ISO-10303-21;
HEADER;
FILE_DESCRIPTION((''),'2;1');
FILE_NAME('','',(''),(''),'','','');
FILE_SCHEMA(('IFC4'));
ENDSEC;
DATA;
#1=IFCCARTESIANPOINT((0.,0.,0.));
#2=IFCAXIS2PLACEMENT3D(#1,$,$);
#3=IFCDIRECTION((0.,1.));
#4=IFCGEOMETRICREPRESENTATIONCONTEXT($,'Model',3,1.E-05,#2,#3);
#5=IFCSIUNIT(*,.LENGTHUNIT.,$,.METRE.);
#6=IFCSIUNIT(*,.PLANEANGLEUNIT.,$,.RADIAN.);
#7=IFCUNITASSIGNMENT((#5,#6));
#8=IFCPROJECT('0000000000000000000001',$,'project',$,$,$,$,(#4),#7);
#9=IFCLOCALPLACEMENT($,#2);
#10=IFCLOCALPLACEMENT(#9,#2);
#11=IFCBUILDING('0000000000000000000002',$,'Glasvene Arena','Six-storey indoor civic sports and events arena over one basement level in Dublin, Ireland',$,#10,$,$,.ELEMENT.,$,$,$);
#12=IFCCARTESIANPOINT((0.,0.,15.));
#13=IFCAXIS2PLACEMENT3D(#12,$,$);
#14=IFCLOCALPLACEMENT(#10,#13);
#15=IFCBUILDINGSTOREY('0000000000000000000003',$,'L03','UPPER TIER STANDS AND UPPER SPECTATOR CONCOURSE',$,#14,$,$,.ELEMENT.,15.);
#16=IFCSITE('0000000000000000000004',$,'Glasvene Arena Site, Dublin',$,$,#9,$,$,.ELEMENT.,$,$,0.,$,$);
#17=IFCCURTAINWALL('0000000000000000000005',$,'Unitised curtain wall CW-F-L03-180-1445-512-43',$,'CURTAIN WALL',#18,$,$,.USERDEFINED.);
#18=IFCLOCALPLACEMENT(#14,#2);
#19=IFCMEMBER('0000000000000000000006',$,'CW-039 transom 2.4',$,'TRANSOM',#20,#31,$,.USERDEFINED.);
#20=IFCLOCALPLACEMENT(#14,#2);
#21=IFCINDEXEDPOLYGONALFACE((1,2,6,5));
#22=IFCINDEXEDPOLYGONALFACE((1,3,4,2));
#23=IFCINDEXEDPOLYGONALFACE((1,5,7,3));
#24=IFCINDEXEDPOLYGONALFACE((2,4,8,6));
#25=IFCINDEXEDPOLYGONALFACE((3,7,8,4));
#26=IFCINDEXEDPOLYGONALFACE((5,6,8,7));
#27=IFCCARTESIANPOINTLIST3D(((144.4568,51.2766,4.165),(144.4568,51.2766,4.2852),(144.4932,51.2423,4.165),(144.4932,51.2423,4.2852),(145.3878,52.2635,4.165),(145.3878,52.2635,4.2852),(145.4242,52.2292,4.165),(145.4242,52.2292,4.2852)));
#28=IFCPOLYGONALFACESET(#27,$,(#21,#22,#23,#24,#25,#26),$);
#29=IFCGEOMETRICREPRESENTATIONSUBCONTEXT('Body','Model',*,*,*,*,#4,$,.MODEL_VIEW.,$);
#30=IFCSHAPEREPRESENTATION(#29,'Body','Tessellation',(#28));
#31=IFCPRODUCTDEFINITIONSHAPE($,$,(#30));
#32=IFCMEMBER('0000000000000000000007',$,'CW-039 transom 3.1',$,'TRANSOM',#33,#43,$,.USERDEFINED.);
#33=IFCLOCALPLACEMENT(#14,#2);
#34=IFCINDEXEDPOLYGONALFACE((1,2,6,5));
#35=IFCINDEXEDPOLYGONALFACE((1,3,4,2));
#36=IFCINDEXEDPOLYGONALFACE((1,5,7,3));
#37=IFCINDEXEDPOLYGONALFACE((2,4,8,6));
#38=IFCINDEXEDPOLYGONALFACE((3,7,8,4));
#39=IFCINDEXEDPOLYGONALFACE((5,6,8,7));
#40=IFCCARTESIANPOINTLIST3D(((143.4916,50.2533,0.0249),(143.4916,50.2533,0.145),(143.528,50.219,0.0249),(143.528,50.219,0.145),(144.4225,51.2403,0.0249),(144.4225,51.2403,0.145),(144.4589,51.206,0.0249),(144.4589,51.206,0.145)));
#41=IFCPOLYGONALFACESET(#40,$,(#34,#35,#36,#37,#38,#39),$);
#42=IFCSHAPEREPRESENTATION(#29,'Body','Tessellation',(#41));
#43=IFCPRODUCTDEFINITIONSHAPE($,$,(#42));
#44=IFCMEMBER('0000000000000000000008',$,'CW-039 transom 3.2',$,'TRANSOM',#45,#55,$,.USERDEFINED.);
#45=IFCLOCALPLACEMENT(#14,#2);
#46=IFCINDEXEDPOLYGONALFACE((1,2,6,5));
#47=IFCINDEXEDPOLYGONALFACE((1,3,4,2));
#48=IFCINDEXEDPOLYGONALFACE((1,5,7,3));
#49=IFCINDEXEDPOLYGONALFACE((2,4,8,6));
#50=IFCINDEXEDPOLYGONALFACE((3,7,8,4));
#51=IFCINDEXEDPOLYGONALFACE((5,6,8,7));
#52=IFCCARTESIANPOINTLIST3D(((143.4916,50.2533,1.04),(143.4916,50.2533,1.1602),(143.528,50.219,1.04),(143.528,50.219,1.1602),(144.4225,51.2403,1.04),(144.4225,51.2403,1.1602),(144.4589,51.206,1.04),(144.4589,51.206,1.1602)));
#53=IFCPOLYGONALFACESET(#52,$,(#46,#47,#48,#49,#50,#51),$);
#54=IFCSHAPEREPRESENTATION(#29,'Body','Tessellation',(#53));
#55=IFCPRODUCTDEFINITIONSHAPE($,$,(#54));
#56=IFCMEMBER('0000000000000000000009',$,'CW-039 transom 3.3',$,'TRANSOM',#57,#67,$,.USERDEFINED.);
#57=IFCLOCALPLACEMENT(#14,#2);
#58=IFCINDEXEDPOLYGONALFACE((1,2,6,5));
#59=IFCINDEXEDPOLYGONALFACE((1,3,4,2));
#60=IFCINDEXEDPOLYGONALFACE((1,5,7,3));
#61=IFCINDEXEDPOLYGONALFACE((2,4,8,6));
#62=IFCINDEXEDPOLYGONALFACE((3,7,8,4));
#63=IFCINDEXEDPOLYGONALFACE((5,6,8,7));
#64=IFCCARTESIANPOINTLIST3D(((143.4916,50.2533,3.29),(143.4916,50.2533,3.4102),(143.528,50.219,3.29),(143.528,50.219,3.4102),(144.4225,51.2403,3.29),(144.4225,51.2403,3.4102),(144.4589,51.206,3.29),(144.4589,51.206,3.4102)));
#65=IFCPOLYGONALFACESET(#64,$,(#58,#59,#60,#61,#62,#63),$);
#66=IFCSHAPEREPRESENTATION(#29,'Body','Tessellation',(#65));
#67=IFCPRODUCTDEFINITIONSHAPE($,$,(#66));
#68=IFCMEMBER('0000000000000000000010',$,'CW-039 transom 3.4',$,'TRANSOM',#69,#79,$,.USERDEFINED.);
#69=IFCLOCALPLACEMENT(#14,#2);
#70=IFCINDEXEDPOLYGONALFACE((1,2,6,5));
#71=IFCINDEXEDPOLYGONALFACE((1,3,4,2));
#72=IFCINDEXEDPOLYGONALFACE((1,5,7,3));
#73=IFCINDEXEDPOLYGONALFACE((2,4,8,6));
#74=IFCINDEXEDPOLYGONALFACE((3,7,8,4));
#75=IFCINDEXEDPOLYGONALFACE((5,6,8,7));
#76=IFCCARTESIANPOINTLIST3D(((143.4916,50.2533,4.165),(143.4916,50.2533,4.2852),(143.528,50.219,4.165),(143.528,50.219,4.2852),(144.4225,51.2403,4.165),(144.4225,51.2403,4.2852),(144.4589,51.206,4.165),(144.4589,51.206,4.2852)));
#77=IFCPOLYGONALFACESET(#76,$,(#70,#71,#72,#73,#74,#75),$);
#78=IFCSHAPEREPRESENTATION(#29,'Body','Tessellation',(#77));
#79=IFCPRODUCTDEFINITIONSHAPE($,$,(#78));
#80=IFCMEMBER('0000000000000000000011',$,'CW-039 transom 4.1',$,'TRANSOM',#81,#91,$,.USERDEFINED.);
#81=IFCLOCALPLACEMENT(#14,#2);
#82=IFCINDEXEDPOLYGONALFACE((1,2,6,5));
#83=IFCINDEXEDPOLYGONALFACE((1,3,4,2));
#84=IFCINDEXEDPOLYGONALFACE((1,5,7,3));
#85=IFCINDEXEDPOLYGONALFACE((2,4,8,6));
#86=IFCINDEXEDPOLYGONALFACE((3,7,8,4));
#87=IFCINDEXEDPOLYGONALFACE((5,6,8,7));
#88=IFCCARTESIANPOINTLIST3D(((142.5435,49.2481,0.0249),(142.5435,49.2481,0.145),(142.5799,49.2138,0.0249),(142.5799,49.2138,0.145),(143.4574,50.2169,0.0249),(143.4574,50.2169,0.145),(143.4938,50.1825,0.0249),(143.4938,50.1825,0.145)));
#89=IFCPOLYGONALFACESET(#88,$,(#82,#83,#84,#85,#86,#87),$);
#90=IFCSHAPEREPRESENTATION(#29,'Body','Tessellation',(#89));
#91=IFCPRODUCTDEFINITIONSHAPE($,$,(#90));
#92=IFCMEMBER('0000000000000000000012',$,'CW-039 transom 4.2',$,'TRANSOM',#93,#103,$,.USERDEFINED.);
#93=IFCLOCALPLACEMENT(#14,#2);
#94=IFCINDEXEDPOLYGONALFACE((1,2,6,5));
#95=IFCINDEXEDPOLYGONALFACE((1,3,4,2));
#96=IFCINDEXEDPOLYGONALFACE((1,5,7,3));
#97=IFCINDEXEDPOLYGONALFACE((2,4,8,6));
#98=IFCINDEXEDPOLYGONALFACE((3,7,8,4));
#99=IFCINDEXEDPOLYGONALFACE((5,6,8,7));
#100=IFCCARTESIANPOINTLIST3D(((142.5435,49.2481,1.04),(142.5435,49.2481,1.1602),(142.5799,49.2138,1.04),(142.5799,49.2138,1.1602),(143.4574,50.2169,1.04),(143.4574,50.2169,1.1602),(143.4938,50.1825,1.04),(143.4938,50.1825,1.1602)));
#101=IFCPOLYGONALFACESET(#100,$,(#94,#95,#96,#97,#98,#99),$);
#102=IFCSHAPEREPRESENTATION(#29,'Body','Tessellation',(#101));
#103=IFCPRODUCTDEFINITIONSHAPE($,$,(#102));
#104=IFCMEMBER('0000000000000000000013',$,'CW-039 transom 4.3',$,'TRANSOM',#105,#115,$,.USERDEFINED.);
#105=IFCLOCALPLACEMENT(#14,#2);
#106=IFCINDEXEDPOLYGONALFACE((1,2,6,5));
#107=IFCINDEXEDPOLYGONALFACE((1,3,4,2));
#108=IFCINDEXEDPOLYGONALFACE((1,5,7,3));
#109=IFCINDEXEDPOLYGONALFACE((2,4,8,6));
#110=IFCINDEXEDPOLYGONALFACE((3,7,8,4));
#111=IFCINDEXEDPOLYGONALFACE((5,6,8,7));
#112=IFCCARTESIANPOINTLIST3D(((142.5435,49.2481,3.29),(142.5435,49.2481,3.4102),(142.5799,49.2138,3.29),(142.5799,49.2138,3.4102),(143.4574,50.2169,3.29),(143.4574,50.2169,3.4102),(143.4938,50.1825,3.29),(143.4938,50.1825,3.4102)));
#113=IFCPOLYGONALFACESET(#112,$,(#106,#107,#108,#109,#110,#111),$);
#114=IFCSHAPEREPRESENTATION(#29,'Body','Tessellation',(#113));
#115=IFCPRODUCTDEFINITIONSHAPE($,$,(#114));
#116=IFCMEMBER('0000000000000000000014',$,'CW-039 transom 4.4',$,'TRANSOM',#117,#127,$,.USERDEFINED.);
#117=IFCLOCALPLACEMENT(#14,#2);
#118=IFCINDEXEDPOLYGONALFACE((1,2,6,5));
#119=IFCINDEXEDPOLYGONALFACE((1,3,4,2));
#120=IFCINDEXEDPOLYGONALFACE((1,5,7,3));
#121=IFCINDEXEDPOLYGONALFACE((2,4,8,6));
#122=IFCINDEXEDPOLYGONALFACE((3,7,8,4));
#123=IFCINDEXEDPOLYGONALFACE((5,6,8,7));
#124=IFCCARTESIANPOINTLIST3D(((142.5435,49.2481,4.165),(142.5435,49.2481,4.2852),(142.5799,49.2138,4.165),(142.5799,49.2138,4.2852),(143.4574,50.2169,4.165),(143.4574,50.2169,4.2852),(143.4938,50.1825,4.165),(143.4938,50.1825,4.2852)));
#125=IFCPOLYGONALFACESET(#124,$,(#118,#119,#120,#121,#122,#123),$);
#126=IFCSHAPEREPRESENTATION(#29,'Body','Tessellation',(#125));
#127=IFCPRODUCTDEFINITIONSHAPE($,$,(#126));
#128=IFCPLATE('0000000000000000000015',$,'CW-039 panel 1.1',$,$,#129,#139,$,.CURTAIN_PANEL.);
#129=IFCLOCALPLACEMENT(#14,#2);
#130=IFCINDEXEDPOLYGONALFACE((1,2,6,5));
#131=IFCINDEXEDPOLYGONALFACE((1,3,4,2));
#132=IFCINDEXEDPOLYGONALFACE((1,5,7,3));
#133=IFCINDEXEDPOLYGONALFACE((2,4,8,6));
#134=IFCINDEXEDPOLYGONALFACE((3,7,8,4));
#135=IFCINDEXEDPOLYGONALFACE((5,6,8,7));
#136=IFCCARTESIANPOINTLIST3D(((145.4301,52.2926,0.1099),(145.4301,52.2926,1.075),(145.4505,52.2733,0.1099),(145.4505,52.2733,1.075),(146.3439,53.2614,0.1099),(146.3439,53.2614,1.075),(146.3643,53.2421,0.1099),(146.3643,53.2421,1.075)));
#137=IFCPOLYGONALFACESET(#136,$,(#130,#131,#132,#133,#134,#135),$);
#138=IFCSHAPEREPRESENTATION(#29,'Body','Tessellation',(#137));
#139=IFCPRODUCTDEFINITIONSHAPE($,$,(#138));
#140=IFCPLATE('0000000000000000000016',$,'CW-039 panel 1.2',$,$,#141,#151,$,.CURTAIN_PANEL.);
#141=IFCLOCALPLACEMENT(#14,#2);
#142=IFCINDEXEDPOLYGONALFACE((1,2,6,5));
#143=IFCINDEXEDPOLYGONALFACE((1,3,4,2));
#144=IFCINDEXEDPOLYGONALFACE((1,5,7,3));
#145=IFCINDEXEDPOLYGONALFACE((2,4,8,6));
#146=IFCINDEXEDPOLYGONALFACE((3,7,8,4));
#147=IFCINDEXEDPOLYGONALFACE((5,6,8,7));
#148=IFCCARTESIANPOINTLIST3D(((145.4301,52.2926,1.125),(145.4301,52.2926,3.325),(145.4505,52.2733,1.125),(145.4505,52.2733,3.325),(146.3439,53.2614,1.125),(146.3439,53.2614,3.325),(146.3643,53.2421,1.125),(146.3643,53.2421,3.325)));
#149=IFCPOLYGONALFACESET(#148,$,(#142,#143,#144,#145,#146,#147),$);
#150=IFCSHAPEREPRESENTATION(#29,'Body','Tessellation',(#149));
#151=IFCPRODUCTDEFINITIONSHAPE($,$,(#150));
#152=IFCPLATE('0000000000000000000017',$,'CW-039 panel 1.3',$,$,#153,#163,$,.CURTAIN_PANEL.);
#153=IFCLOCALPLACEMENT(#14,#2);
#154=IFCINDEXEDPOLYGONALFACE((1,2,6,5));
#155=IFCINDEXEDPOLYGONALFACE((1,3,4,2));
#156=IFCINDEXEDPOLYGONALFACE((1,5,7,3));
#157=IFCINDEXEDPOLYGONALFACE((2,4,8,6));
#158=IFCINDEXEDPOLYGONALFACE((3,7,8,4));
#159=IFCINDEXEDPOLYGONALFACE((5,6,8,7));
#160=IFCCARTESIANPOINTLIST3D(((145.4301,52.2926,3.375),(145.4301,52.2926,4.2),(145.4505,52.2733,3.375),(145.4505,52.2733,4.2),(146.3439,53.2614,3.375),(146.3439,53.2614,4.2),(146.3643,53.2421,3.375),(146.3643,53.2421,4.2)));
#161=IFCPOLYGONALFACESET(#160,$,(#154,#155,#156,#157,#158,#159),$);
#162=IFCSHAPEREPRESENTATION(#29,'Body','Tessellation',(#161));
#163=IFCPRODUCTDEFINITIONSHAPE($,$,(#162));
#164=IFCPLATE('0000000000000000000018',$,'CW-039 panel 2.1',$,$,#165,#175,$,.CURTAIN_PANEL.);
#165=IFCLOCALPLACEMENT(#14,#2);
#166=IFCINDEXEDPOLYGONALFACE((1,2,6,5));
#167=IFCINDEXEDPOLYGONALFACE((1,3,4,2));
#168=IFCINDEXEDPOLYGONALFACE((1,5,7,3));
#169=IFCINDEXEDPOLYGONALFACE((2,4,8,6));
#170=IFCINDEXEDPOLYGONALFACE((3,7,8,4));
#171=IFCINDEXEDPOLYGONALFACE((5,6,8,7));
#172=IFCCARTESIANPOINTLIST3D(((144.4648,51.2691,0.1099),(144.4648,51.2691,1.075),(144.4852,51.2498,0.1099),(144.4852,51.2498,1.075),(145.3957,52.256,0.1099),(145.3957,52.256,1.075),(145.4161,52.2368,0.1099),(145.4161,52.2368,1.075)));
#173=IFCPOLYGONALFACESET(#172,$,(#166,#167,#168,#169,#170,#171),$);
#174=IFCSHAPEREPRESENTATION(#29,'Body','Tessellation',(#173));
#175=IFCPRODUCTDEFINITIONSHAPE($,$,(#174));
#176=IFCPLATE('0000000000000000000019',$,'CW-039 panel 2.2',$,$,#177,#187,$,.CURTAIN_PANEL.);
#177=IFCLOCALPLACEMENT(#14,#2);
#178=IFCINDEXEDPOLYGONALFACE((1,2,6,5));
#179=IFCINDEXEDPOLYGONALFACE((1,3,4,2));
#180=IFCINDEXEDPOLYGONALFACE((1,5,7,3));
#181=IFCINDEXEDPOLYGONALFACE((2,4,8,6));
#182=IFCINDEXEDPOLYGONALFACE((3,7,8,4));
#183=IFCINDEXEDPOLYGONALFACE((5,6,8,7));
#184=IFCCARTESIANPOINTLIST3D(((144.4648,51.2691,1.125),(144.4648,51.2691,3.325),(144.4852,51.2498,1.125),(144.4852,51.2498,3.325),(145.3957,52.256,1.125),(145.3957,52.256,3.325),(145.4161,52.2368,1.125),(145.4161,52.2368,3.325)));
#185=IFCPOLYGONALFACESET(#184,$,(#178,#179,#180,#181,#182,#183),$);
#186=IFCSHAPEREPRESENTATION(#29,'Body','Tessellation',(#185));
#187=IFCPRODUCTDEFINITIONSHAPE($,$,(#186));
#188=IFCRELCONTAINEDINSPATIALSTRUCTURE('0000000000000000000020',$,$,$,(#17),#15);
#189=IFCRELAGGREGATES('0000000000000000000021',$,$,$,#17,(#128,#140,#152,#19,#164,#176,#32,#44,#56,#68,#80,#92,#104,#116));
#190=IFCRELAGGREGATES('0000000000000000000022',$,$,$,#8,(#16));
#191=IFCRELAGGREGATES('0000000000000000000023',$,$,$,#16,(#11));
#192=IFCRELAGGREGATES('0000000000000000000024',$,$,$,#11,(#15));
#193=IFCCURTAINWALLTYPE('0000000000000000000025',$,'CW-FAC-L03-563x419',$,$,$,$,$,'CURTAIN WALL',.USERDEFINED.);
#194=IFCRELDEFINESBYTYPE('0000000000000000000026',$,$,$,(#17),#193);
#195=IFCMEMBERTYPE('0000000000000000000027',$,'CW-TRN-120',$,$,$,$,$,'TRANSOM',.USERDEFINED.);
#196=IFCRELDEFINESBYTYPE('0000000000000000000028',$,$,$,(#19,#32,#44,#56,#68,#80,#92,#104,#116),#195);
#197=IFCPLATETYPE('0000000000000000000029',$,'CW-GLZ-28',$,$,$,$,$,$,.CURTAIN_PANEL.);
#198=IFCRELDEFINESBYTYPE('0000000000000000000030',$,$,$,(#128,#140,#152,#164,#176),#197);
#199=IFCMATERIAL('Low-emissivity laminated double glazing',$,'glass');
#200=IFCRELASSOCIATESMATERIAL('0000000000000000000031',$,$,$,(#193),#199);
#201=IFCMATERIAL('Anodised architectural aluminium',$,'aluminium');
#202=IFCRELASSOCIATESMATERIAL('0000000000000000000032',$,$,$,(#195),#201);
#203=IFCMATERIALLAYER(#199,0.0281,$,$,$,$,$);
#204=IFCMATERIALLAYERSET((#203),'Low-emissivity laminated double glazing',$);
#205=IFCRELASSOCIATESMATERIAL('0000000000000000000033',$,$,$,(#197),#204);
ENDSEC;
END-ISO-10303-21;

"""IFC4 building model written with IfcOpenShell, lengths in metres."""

from ifc_helpers import new_model, si_unit, direction, frame, origin, origin_2d, place, context, subcontext, project, spatial, rectangle, extrude, material, layer, layer_set, material_profile, profile_set, type_object, element, aggregate, save


model = new_model("IFC4")

# Units and contexts
model_context = context("Model", 3, precision=1e-05, world=origin(), true_north=direction((0.0, 1.0)))
body_context = subcontext(model_context, "Body", "Model", "MODEL_VIEW")
ifc_project = project(units=[si_unit("LENGTHUNIT", "METRE"), si_unit("PLANEANGLEUNIT", "RADIAN")], contexts=[model_context])

# Site, building, storey
site_placement = place(None, origin())
site = spatial("IfcSite", under=ifc_project, at=site_placement, Name="Glasvene Arena Site, Dublin", CompositionType="ELEMENT", RefElevation=0.0)
building_placement = place(site_placement, origin())
building = spatial("IfcBuilding", under=site, at=building_placement, Name="Glasvene Arena", Description="Six-storey indoor civic sports and events arena over one basement level in Dublin, Ireland", CompositionType="ELEMENT")
storey_placement = place(building_placement, frame((0.0, 0.0, 15.0)))
storey = spatial("IfcBuildingStorey", under=building, at=storey_placement, Name="L03", Description="UPPER TIER STANDS AND UPPER SPECTATOR CONCOURSE", CompositionType="ELEMENT", Elevation=15.0)

# Curtain wall, members, plates
ifc_material_1 = material(Name="Low-emissivity laminated double glazing", Category="glass")
curtain_wall_type = type_object("IfcCurtainWallType", Name="CW-FAC-L03-563x419", ElementType="CURTAIN WALL", PredefinedType="USERDEFINED", material=ifc_material_1)
curtain_wall_placement = place(storey_placement, frame((146.3884, 53.2881, 0.0)))
curtain_wall = element("IfcCurtainWall", 1, at=curtain_wall_placement, inside=storey, type_object=curtain_wall_type, Name="Unitised curtain wall CW-F-L03-180-1445-512-43", ObjectType="CURTAIN WALL", PredefinedType="USERDEFINED")
ifc_material_2 = material(Name="Anodised architectural aluminium", Category="aluminium")
ifc_material_profile_1 = material_profile(ifc_material_2, rectangle(XDim=0.05, YDim=0.1201, at=origin_2d()), Name="ALU TRANSOM 50x120")
ifc_profile_set_1 = profile_set([ifc_material_profile_1], Name="Anodised architectural aluminium")
member_type_1 = type_object("IfcMemberType", Name="CW-TRN-120", ElementType="TRANSOM", PredefinedType="USERDEFINED", material=ifc_profile_set_1)
member_1_placement = place(storey_placement, frame((145.406, 52.2463, 4.2251), z_axis=(-0.686201, -0.727412, 0.0), x_axis=(0.727412, -0.686201, 0.0)))
member_1 = element("IfcMember", 2, at=member_1_placement, type_object=member_type_1, Name="CW-039 transom 2.4", ObjectType="TRANSOM", PredefinedType="USERDEFINED", context=body_context, shape_type="SweptSolid", body=[
    extrude(rectangle(XDim=0.05, YDim=0.1201, at=origin_2d()), origin(), (0.0, 0.0, 1.0), 1.3567),
])
member_2_placement = place(storey_placement, frame((144.4407, 51.2231, 0.085), z_axis=(-0.686111, -0.727497, 0.0), x_axis=(0.727497, -0.686111, 0.0)))
member_2 = element("IfcMember", 3, at=member_2_placement, type_object=member_type_1, Name="CW-039 transom 3.1", ObjectType="TRANSOM", PredefinedType="USERDEFINED", context=body_context, shape_type="SweptSolid", body=[
    extrude(rectangle(XDim=0.05, YDim=0.1201, at=origin_2d()), origin(), (0.0, 0.0, 1.0), 1.3567),
])
member_3_placement = place(storey_placement, frame((144.4407, 51.2231, 1.1001), z_axis=(-0.686111, -0.727497, 0.0), x_axis=(0.727497, -0.686111, 0.0)))
member_3 = element("IfcMember", 4, at=member_3_placement, type_object=member_type_1, Name="CW-039 transom 3.2", ObjectType="TRANSOM", PredefinedType="USERDEFINED", context=body_context, shape_type="SweptSolid", body=[
    extrude(rectangle(XDim=0.05, YDim=0.1201, at=origin_2d()), origin(), (0.0, 0.0, 1.0), 1.3567),
])
member_4_placement = place(storey_placement, frame((144.4407, 51.2231, 3.3501), z_axis=(-0.686111, -0.727497, 0.0), x_axis=(0.727497, -0.686111, 0.0)))
member_4 = element("IfcMember", 5, at=member_4_placement, type_object=member_type_1, Name="CW-039 transom 3.3", ObjectType="TRANSOM", PredefinedType="USERDEFINED", context=body_context, shape_type="SweptSolid", body=[
    extrude(rectangle(XDim=0.05, YDim=0.1201, at=origin_2d()), origin(), (0.0, 0.0, 1.0), 1.3567),
])
member_5_placement = place(storey_placement, frame((144.4407, 51.2231, 4.2251), z_axis=(-0.686111, -0.727497, 0.0), x_axis=(0.727497, -0.686111, 0.0)))
member_5 = element("IfcMember", 6, at=member_5_placement, type_object=member_type_1, Name="CW-039 transom 3.4", ObjectType="TRANSOM", PredefinedType="USERDEFINED", context=body_context, shape_type="SweptSolid", body=[
    extrude(rectangle(XDim=0.05, YDim=0.1201, at=origin_2d()), origin(), (0.0, 0.0, 1.0), 1.3567),
])
member_6_placement = place(storey_placement, frame((143.4756, 50.1997, 0.085), z_axis=(-0.686182, -0.72743, 0.0), x_axis=(0.72743, -0.686182, 0.0)))
member_6 = element("IfcMember", 7, at=member_6_placement, type_object=member_type_1, Name="CW-039 transom 4.1", ObjectType="TRANSOM", PredefinedType="USERDEFINED", context=body_context, shape_type="SweptSolid", body=[
    extrude(rectangle(XDim=0.05, YDim=0.1201, at=origin_2d()), origin(), (0.0, 0.0, 1.0), 1.3318),
])
member_7_placement = place(storey_placement, frame((143.4756, 50.1997, 1.1001), z_axis=(-0.686182, -0.72743, 0.0), x_axis=(0.72743, -0.686182, 0.0)))
member_7 = element("IfcMember", 8, at=member_7_placement, type_object=member_type_1, Name="CW-039 transom 4.2", ObjectType="TRANSOM", PredefinedType="USERDEFINED", context=body_context, shape_type="SweptSolid", body=[
    extrude(rectangle(XDim=0.05, YDim=0.1201, at=origin_2d()), origin(), (0.0, 0.0, 1.0), 1.3318),
])
member_8_placement = place(storey_placement, frame((143.4756, 50.1997, 3.3501), z_axis=(-0.686182, -0.72743, 0.0), x_axis=(0.72743, -0.686182, 0.0)))
member_8 = element("IfcMember", 9, at=member_8_placement, type_object=member_type_1, Name="CW-039 transom 4.3", ObjectType="TRANSOM", PredefinedType="USERDEFINED", context=body_context, shape_type="SweptSolid", body=[
    extrude(rectangle(XDim=0.05, YDim=0.1201, at=origin_2d()), origin(), (0.0, 0.0, 1.0), 1.3318),
])
member_9_placement = place(storey_placement, frame((143.4756, 50.1997, 4.2251), z_axis=(-0.686182, -0.72743, 0.0), x_axis=(0.72743, -0.686182, 0.0)))
member_9 = element("IfcMember", 10, at=member_9_placement, type_object=member_type_1, Name="CW-039 transom 4.4", ObjectType="TRANSOM", PredefinedType="USERDEFINED", context=body_context, shape_type="SweptSolid", body=[
    extrude(rectangle(XDim=0.05, YDim=0.1201, at=origin_2d()), origin(), (0.0, 0.0, 1.0), 1.3318),
])
ifc_layer_1 = layer(ifc_material_1, 0.0281)
ifc_layer_set_1 = layer_set([ifc_layer_1], Name="Low-emissivity laminated double glazing")
plate_type = type_object("IfcPlateType", Name="CW-GLZ-28", PredefinedType="CURTAIN_PANEL", material=ifc_layer_set_1)
plate_1_placement = place(storey_placement, frame((145.8972, 52.7673, 0.1099), z_axis=(0.0, 0.0, 1.0), x_axis=(-0.686146, -0.727464, 0.0)))
plate_1 = element("IfcPlate", 11, at=plate_1_placement, type_object=plate_type, Name="CW-039 panel 1.1", PredefinedType="CURTAIN_PANEL", context=body_context, shape_type="SweptSolid", body=[
    extrude(rectangle(XDim=1.3318, YDim=0.0281, at=origin_2d()), origin(), (0.0, 0.0, 1.0), 0.9651),
])
plate_2_placement = place(storey_placement, frame((145.8972, 52.7673, 1.125), z_axis=(0.0, 0.0, 1.0), x_axis=(-0.686146, -0.727464, 0.0)))
plate_2 = element("IfcPlate", 12, at=plate_2_placement, type_object=plate_type, Name="CW-039 panel 1.2", PredefinedType="CURTAIN_PANEL", context=body_context, shape_type="SweptSolid", body=[
    extrude(rectangle(XDim=1.3318, YDim=0.0281, at=origin_2d()), origin(), (0.0, 0.0, 1.0), 2.2),
])
plate_3_placement = place(storey_placement, frame((145.8972, 52.7673, 3.375), z_axis=(0.0, 0.0, 1.0), x_axis=(-0.686146, -0.727464, 0.0)))
plate_3 = element("IfcPlate", 13, at=plate_3_placement, type_object=plate_type, Name="CW-039 panel 1.3", PredefinedType="CURTAIN_PANEL", context=body_context, shape_type="SweptSolid", body=[
    extrude(rectangle(XDim=1.3318, YDim=0.0281, at=origin_2d()), origin(), (0.0, 0.0, 1.0), 0.825),
])
plate_4_placement = place(storey_placement, frame((144.9404, 51.7529, 0.1099), z_axis=(0.0, 0.0, 1.0), x_axis=(-0.686146, -0.727464, 0.0)))
plate_4 = element("IfcPlate", 14, at=plate_4_placement, type_object=plate_type, Name="CW-039 panel 2.1", PredefinedType="CURTAIN_PANEL", context=body_context, shape_type="SweptSolid", body=[
    extrude(rectangle(XDim=1.3567, YDim=0.0281, at=origin_2d()), origin(), (0.0, 0.0, 1.0), 0.9651),
])
plate_5_placement = place(storey_placement, frame((144.9404, 51.7529, 1.125), z_axis=(0.0, 0.0, 1.0), x_axis=(-0.686146, -0.727464, 0.0)))
plate_5 = element("IfcPlate", 15, at=plate_5_placement, type_object=plate_type, Name="CW-039 panel 2.2", PredefinedType="CURTAIN_PANEL", context=body_context, shape_type="SweptSolid", body=[
    extrude(rectangle(XDim=1.3567, YDim=0.0281, at=origin_2d()), origin(), (0.0, 0.0, 1.0), 2.2),
])
aggregate(curtain_wall, [plate_1, plate_2, plate_3, member_1, plate_4, plate_5, member_2, member_3, member_4, member_5, member_6, member_7, member_8, member_9])

save(model, "model.ifc")
